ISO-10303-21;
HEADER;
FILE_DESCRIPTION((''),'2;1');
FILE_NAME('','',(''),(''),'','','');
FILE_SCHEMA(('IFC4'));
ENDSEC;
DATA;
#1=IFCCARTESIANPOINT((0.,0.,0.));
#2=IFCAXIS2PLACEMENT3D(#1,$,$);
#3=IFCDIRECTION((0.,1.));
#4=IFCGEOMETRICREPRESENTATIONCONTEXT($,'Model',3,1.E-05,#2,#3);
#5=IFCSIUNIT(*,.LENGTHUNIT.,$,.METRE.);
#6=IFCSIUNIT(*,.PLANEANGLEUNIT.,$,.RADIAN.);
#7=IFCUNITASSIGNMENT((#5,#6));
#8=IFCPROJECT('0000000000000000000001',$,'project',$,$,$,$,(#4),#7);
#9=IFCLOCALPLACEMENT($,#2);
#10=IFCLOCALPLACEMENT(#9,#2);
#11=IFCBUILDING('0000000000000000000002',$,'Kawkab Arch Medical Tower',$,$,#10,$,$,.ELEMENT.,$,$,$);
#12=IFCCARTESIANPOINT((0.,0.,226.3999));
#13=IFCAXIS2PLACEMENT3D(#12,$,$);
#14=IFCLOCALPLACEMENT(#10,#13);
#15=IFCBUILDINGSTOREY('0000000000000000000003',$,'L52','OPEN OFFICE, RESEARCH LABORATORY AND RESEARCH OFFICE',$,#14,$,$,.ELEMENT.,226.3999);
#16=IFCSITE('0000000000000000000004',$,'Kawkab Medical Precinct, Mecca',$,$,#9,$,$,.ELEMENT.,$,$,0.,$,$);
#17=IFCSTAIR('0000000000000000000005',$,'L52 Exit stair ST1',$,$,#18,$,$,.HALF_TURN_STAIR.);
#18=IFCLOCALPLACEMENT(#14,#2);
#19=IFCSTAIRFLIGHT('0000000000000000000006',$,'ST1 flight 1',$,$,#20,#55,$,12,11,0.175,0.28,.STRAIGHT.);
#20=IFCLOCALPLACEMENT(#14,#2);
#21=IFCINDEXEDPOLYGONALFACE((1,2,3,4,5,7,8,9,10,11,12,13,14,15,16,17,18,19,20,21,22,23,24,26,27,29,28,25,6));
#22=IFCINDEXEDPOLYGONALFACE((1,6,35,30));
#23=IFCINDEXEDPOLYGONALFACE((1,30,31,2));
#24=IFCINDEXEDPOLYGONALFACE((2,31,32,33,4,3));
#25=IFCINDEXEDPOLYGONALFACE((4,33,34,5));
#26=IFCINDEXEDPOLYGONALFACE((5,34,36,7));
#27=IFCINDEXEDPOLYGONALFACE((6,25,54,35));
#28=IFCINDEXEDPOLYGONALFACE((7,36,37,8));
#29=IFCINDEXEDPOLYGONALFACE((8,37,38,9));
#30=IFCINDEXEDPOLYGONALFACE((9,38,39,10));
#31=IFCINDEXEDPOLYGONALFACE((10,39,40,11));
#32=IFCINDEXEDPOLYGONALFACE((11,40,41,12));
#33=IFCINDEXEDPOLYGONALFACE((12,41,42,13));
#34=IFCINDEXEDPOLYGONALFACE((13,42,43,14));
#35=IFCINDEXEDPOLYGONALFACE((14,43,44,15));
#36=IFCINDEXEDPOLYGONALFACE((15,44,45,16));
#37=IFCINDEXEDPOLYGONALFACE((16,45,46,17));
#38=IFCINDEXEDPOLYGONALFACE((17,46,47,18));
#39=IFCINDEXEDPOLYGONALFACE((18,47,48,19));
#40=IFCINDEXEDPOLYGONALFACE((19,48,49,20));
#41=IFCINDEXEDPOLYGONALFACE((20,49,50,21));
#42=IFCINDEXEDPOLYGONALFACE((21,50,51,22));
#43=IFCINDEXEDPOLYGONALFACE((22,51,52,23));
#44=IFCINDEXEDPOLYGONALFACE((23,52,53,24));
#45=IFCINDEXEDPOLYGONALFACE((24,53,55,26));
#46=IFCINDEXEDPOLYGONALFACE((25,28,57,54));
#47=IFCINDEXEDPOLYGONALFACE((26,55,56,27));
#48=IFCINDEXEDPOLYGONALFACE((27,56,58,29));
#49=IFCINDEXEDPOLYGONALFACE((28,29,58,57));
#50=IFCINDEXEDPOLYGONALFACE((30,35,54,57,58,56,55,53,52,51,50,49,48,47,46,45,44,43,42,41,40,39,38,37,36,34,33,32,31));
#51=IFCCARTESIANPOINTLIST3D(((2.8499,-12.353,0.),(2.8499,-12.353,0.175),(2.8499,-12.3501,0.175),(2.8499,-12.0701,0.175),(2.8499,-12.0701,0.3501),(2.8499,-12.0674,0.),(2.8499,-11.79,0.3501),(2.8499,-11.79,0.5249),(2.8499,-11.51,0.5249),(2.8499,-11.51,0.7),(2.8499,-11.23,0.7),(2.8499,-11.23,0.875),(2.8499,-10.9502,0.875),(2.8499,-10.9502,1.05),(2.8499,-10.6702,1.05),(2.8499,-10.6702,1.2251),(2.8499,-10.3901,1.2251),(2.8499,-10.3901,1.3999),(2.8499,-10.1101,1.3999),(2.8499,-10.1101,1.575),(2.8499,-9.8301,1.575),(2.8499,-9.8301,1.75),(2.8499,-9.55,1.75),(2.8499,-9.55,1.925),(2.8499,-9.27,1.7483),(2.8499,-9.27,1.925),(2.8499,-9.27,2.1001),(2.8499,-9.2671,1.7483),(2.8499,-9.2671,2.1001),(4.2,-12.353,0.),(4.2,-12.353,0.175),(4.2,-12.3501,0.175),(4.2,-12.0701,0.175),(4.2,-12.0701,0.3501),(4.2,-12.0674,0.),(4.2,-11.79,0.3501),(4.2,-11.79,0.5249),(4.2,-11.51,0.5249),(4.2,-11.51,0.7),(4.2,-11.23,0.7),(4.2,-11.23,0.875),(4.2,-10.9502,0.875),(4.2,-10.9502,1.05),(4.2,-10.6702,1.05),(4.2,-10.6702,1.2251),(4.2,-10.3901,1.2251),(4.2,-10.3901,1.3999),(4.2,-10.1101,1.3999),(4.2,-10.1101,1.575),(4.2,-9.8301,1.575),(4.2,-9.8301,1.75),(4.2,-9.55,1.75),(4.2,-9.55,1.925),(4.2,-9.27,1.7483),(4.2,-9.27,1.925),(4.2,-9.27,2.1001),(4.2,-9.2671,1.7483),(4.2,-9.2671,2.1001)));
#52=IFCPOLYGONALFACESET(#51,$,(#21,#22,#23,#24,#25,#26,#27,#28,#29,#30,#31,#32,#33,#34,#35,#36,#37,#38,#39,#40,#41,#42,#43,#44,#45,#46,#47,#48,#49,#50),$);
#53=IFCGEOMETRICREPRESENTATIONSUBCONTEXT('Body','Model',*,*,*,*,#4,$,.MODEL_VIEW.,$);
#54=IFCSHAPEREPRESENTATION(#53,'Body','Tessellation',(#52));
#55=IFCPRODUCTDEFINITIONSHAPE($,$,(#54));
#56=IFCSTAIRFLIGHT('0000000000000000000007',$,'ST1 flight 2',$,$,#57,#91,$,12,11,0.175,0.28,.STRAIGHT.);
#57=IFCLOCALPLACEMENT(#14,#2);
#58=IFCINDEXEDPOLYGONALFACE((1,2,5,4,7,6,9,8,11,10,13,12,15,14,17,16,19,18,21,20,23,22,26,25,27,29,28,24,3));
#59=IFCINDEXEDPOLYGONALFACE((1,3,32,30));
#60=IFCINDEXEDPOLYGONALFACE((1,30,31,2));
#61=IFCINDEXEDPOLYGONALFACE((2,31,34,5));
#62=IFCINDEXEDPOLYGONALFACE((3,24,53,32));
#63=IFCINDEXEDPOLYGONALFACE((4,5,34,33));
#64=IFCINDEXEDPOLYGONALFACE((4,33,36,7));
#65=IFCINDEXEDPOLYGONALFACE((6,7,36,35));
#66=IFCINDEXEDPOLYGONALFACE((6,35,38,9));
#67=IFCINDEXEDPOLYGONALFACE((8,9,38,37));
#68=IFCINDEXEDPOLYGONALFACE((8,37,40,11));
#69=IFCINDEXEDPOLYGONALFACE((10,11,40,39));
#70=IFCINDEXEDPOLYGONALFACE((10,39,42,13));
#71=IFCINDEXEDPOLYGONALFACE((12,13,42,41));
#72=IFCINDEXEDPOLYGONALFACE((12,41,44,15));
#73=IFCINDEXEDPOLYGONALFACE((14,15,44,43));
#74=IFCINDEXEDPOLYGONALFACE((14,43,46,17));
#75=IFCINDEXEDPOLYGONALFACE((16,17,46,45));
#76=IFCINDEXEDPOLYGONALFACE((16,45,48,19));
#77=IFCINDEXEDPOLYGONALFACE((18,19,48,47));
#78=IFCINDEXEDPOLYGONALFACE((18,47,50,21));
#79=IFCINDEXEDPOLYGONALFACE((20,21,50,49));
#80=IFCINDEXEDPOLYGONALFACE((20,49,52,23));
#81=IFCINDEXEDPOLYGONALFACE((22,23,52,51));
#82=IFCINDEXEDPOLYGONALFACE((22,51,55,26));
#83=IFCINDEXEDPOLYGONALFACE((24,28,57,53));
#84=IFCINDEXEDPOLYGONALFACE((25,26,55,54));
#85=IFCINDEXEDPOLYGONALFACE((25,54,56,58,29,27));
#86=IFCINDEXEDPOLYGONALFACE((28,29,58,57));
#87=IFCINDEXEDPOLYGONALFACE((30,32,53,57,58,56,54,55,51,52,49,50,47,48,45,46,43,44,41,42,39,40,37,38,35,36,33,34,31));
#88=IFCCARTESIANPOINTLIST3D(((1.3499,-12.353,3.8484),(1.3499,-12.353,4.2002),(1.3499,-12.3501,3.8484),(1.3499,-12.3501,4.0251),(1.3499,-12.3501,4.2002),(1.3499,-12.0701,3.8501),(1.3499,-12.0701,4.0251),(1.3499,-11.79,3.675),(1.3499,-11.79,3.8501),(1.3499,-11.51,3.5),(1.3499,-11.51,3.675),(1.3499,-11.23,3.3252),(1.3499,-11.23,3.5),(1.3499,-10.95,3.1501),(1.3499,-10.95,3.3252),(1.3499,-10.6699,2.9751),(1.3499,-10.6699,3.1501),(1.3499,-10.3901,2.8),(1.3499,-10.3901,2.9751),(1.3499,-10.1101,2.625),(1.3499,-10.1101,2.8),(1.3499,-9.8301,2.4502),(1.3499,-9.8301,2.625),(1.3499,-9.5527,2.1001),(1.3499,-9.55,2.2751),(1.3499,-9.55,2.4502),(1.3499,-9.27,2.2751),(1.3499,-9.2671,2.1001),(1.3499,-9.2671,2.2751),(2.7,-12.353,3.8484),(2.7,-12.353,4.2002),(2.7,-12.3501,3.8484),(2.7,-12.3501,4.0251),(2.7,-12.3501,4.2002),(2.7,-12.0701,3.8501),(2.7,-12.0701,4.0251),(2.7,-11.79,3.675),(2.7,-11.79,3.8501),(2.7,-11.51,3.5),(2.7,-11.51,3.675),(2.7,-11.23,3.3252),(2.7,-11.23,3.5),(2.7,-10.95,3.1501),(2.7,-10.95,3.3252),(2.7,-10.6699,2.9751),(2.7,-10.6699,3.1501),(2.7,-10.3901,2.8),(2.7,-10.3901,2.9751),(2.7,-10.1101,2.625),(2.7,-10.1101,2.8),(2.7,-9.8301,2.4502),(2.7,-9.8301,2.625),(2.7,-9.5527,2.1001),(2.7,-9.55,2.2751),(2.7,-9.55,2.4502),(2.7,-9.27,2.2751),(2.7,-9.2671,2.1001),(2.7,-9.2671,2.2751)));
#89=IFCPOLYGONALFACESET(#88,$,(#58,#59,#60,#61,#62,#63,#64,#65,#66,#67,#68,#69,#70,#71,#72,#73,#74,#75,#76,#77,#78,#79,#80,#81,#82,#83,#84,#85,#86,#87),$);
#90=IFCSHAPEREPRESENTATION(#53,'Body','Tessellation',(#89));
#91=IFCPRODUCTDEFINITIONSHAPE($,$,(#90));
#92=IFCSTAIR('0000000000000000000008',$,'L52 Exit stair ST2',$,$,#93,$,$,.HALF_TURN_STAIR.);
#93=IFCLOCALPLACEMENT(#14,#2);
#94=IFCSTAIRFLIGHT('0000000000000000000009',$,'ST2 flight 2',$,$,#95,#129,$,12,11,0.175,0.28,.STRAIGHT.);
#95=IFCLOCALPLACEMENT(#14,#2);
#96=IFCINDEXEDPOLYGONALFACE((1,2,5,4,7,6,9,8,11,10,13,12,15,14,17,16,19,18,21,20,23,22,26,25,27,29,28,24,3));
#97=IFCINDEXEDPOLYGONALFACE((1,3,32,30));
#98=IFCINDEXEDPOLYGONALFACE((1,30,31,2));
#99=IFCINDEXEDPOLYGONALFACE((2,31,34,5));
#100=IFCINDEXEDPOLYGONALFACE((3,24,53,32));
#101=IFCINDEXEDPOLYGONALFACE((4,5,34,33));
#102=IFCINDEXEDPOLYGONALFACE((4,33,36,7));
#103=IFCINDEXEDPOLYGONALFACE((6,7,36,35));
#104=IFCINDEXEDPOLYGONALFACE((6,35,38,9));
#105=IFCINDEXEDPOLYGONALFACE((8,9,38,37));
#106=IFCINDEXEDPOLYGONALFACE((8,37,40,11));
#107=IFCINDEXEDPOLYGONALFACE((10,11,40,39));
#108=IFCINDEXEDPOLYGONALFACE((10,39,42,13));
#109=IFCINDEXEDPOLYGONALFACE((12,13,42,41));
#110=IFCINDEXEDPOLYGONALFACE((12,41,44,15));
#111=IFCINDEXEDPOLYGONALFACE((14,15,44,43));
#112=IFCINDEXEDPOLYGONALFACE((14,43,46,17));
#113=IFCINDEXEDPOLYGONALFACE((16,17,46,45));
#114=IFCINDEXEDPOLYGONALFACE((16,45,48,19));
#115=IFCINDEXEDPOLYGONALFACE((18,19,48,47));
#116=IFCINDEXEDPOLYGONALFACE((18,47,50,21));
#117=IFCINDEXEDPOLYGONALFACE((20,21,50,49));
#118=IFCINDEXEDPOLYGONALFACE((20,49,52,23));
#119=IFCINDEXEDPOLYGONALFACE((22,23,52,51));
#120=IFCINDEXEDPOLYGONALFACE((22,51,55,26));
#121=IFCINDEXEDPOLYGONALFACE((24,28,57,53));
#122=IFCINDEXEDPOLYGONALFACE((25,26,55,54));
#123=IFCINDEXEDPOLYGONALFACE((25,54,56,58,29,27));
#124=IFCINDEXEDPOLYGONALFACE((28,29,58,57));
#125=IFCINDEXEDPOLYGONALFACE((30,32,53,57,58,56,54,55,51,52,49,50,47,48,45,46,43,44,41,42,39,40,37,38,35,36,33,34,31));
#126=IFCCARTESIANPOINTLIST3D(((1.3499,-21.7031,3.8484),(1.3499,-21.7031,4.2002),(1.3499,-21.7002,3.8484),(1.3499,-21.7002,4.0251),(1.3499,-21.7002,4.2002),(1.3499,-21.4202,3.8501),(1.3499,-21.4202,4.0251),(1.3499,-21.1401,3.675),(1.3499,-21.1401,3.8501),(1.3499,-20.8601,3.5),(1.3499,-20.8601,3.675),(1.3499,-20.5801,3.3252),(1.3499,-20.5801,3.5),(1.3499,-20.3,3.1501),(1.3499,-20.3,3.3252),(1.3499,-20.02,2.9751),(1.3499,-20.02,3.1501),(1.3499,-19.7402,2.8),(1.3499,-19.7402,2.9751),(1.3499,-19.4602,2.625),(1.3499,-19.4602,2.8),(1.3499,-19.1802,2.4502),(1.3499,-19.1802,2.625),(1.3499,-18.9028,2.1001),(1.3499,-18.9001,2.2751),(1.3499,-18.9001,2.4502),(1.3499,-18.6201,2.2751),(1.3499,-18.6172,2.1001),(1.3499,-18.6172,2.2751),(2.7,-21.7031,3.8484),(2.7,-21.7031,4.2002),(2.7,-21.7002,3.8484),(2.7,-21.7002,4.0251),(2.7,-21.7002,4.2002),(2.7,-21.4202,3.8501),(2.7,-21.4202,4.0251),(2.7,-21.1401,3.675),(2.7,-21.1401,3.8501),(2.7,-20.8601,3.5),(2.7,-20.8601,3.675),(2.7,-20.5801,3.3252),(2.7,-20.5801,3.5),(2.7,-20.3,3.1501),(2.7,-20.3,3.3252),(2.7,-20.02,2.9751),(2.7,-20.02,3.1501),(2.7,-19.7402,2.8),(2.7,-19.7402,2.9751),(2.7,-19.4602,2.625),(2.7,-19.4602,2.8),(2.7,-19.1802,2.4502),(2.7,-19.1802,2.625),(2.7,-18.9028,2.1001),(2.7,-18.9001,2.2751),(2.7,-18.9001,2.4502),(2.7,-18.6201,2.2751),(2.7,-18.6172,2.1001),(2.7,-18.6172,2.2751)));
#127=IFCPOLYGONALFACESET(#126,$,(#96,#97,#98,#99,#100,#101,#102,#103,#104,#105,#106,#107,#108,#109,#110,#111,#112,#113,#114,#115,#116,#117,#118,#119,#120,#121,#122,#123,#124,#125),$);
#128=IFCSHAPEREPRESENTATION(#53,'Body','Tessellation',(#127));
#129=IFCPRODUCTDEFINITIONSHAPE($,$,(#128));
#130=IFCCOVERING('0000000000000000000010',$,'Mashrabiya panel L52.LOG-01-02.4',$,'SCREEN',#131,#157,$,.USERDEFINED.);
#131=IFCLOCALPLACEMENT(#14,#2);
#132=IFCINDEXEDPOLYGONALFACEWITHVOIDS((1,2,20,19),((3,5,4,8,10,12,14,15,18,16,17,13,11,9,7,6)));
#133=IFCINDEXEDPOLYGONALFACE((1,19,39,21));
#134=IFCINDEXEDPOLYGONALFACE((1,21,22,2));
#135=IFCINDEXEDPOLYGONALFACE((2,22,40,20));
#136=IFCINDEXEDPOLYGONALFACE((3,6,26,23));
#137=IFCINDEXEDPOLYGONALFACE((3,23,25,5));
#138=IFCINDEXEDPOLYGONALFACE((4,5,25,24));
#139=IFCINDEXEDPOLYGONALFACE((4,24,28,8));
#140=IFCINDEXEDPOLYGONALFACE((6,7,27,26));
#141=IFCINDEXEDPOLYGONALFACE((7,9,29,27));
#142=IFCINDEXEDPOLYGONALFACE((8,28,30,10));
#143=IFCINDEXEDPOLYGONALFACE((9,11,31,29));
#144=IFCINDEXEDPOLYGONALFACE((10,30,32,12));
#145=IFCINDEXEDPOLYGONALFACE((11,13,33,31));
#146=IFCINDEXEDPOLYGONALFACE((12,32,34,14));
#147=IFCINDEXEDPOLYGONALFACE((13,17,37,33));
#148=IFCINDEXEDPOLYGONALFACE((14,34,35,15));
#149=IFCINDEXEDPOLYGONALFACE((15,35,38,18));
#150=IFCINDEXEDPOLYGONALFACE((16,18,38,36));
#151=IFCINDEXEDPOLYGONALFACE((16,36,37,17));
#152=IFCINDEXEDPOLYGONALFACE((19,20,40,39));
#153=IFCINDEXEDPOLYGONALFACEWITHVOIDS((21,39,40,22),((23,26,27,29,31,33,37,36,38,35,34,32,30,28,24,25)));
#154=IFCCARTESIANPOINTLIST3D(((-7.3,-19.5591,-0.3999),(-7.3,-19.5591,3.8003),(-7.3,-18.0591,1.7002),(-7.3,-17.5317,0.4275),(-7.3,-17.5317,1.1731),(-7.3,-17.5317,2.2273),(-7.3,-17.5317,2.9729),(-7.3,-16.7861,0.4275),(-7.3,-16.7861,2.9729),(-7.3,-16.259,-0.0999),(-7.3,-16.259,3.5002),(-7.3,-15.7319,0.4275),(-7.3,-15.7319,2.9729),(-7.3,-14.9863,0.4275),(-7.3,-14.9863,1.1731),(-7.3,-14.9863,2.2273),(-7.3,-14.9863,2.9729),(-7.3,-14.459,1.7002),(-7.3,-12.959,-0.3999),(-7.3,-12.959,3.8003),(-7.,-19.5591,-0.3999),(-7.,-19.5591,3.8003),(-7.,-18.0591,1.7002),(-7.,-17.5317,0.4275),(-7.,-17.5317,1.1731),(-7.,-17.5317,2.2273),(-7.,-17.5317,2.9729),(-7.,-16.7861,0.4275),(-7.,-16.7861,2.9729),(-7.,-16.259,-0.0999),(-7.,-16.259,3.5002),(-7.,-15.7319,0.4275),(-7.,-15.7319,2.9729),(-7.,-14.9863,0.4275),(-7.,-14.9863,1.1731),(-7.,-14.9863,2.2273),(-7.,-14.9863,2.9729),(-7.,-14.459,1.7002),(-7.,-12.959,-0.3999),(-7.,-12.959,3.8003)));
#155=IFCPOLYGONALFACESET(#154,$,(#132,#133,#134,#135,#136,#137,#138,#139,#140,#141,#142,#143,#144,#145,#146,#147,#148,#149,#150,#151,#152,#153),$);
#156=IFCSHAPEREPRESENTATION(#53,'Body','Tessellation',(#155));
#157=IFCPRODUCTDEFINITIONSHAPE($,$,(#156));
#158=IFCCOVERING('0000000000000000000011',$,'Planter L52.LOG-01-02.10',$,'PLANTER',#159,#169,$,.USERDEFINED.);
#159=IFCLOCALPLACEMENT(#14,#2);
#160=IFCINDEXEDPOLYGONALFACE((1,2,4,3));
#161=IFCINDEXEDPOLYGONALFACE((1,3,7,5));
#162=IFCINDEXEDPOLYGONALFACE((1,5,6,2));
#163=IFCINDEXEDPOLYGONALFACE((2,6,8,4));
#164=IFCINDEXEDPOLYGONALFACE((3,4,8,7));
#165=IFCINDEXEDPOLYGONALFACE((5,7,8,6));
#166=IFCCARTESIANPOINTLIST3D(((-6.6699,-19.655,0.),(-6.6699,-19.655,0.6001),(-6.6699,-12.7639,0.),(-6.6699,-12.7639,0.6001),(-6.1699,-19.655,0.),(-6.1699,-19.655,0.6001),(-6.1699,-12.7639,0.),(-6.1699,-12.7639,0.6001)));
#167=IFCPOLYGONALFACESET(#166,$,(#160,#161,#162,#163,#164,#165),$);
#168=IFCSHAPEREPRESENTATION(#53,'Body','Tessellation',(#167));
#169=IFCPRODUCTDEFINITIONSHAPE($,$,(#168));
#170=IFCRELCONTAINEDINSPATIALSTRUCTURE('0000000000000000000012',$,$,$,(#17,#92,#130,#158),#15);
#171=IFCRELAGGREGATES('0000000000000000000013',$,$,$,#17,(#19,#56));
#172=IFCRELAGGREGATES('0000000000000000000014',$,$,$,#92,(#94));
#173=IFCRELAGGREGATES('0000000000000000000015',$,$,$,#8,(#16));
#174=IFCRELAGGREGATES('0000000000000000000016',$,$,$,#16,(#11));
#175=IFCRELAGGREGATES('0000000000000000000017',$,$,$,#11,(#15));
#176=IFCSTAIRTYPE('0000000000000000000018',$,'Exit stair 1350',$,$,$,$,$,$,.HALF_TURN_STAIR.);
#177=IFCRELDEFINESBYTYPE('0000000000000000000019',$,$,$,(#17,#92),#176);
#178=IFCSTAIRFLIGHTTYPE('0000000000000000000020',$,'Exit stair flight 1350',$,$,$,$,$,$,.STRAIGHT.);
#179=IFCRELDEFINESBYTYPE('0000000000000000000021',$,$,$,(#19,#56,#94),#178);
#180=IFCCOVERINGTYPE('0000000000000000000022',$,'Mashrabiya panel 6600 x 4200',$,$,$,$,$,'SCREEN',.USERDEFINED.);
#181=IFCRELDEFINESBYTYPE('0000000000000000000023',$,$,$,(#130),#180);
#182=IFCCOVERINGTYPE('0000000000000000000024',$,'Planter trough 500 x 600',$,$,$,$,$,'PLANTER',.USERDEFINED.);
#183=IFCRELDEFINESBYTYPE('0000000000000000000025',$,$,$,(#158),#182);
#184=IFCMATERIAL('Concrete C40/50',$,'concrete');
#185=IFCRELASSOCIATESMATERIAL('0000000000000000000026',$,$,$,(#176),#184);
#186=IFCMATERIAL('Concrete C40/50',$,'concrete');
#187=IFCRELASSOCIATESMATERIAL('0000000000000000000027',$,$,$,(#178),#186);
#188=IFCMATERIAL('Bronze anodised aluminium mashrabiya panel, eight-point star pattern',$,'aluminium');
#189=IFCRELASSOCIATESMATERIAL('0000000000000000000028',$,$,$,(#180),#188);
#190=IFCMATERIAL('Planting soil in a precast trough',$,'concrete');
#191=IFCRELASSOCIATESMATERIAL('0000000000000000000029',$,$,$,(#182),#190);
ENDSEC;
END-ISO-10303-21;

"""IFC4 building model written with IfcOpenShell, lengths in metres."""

from ifc_helpers import new_model, si_unit, direction, frame, origin, origin_2d, place, context, subcontext, project, spatial, polyline, rectangle, outline, extrude, material, material_profile, profile_set, type_object, element, aggregate, save


model = new_model("IFC4")

# Units and contexts
model_context = context("Model", 3, precision=1e-05, world=origin(), true_north=direction((0.0, 1.0)))
body_context = subcontext(model_context, "Body", "Model", "MODEL_VIEW")
ifc_project = project(units=[si_unit("LENGTHUNIT", "METRE"), si_unit("PLANEANGLEUNIT", "RADIAN")], contexts=[model_context])

# Site, building, storey
site_placement = place(None, origin())
site = spatial("IfcSite", under=ifc_project, at=site_placement, Name="Kawkab Medical Precinct, Mecca", CompositionType="ELEMENT", RefElevation=0.0)
building_placement = place(site_placement, origin())
building = spatial("IfcBuilding", under=site, at=building_placement, Name="Kawkab Arch Medical Tower", CompositionType="ELEMENT")
storey_placement = place(building_placement, frame((0.0, 0.0, 226.3999)))
storey = spatial("IfcBuildingStorey", under=building, at=storey_placement, Name="L52", Description="OPEN OFFICE, RESEARCH LABORATORY AND RESEARCH OFFICE", CompositionType="ELEMENT", Elevation=226.3999)

# Shared definitions
placement = place(storey_placement, origin())

# Stair, stair flights
ifc_material_1 = material(Name="Concrete C40/50", Category="concrete")
stair_type = type_object("IfcStairType", Name="Exit stair 1350", PredefinedType="HALF_TURN_STAIR", material=ifc_material_1)
stair_1 = element("IfcStair", 1, at=placement, inside=storey, type_object=stair_type, Name="L52 Exit stair ST1", PredefinedType="HALF_TURN_STAIR")
ifc_material_2 = material(Name="Concrete C40/50", Category="concrete")
stair_flight_type = type_object("IfcStairFlightType", Name="Exit stair flight 1350", PredefinedType="STRAIGHT", material=ifc_material_2)
stair_flight_1_placement = place(storey_placement, frame((3.5249, -12.3501, 0.0), z_axis=(0.0, 0.0, 1.0), x_axis=(0.0, 1.0, 0.0)))
stair_flight_1 = element("IfcStairFlight", 2, at=stair_flight_1_placement, type_object=stair_flight_type, Name="ST1 flight 1", NumberOfRisers=12, NumberOfTreads=11, PredefinedType="STRAIGHT", RiserHeight=0.175, TreadLength=0.28, context=body_context, shape_type="SweptSolid", body=[
    extrude(outline(polyline([(-0.0029, 0.0), (-0.0029, 0.175), (0.0, 0.175), (0.28, 0.175), (0.28, 0.3501), (0.5601, 0.3501), (0.5601, 0.5249), (0.8401, 0.5249), (0.8401, 0.7), (1.1201, 0.7), (1.1201, 0.875), (1.3999, 0.875), (1.3999, 1.05), (1.6799, 1.05), (1.6799, 1.2251), (1.96, 1.2251), (1.96, 1.3999), (2.24, 1.3999), (2.24, 1.575), (2.52, 1.575), (2.52, 1.75), (2.8, 1.75), (2.8, 1.925), (3.0801, 1.925), (3.0801, 2.1001), (3.083, 2.1001), (3.083, 1.7483), (3.0801, 1.7483), (0.2827, 0.0), (-0.0029, 0.0)])), frame((0.0, 0.675, 0.0), z_axis=(0.0, -1.0, 0.0), x_axis=(1.0, 0.0, 0.0)), (0.0, 0.0, 1.0), 1.3501),
])
stair_flight_2_placement = place(storey_placement, frame((2.0249, -9.27, 2.1001), z_axis=(0.0, 0.0, 1.0), x_axis=(0.0, -1.0, 0.0)))
stair_flight_2 = element("IfcStairFlight", 3, at=stair_flight_2_placement, type_object=stair_flight_type, Name="ST1 flight 2", NumberOfRisers=12, NumberOfTreads=11, PredefinedType="STRAIGHT", RiserHeight=0.175, TreadLength=0.28, context=body_context, shape_type="SweptSolid", body=[
    extrude(outline(polyline([(-0.0029, 0.0), (-0.0029, 0.175), (0.0, 0.175), (0.28, 0.175), (0.28, 0.3501), (0.5601, 0.3501), (0.5601, 0.5249), (0.8401, 0.5249), (0.8401, 0.7), (1.1201, 0.7), (1.1201, 0.875), (1.3999, 0.875), (1.3999, 1.05), (1.6799, 1.05), (1.6799, 1.2251), (1.96, 1.2251), (1.96, 1.3999), (2.24, 1.3999), (2.24, 1.575), (2.52, 1.575), (2.52, 1.75), (2.8, 1.75), (2.8, 1.925), (3.0801, 1.925), (3.0801, 2.1001), (3.083, 2.1001), (3.083, 1.7483), (3.0801, 1.7483), (0.2827, 0.0), (-0.0029, 0.0)])), frame((0.0, 0.675, 0.0), z_axis=(0.0, -1.0, 0.0), x_axis=(1.0, 0.0, 0.0)), (0.0, 0.0, 1.0), 1.3501),
])
aggregate(stair_1, [stair_flight_1, stair_flight_2])

# Stair, stair flight
stair_2 = element("IfcStair", 4, at=placement, inside=storey, type_object=stair_type, Name="L52 Exit stair ST2", PredefinedType="HALF_TURN_STAIR")
stair_flight_3_placement = place(storey_placement, frame((2.0249, -18.6201, 2.1001), z_axis=(0.0, 0.0, 1.0), x_axis=(0.0, -1.0, 0.0)))
stair_flight_3 = element("IfcStairFlight", 5, at=stair_flight_3_placement, type_object=stair_flight_type, Name="ST2 flight 2", NumberOfRisers=12, NumberOfTreads=11, PredefinedType="STRAIGHT", RiserHeight=0.175, TreadLength=0.28, context=body_context, shape_type="SweptSolid", body=[
    extrude(outline(polyline([(-0.0029, 0.0), (-0.0029, 0.175), (0.0, 0.175), (0.28, 0.175), (0.28, 0.3501), (0.5601, 0.3501), (0.5601, 0.5249), (0.8401, 0.5249), (0.8401, 0.7), (1.1201, 0.7), (1.1201, 0.875), (1.3999, 0.875), (1.3999, 1.05), (1.6799, 1.05), (1.6799, 1.2251), (1.96, 1.2251), (1.96, 1.3999), (2.24, 1.3999), (2.24, 1.575), (2.52, 1.575), (2.52, 1.75), (2.8, 1.75), (2.8, 1.925), (3.0801, 1.925), (3.0801, 2.1001), (3.083, 2.1001), (3.083, 1.7483), (3.0801, 1.7483), (0.2827, 0.0), (-0.0029, 0.0)])), frame((0.0, 0.675, 0.0), z_axis=(0.0, -1.0, 0.0), x_axis=(1.0, 0.0, 0.0)), (0.0, 0.0, 1.0), 1.3501),
])
aggregate(stair_2, [stair_flight_3])

# Coverings
ifc_material_3 = material(Name="Bronze anodised aluminium mashrabiya panel, eight-point star pattern", Category="aluminium")
ifc_material_profile_1 = material_profile(ifc_material_3, outline(polyline([(-3.3, -2.1001), (3.3, -2.1001), (3.3, 2.1001), (-3.3, 2.1001), (-3.3, -2.1001)]), holes=[polyline([(1.8, 0.0), (1.2727, 0.5271), (1.2727, 1.2727), (0.5271, 1.2727), (0.0, 1.8), (-0.5271, 1.2727), (-1.2727, 1.2727), (-1.2727, 0.5271), (-1.8, 0.0), (-1.2727, -0.5271), (-1.2727, -1.2727), (-0.5271, -1.2727), (0.0, -1.8), (0.5271, -1.2727), (1.2727, -1.2727), (1.2727, -0.5271), (1.8, 0.0)])]), Name="Mashrabiya panel 6600x4200")
ifc_profile_set_1 = profile_set([ifc_material_profile_1], Name="Bronze anodised aluminium mashrabiya panel, eight-point star pattern")
covering_type_1 = type_object("IfcCoveringType", Name="Mashrabiya panel 6600 x 4200", ElementType="SCREEN", PredefinedType="USERDEFINED", material=ifc_profile_set_1)
covering_1_placement = place(storey_placement, frame((-7.0, -16.259, 1.7002), z_axis=(-1.0, 0.0, 0.0), x_axis=(0.0, -1.0, 0.0)))
element("IfcCovering", 6, at=covering_1_placement, inside=storey, type_object=covering_type_1, Name="Mashrabiya panel L52.LOG-01-02.4", ObjectType="SCREEN", PredefinedType="USERDEFINED", context=body_context, shape_type="SweptSolid", body=[
    extrude(outline(polyline([(-3.3, -2.1001), (3.3, -2.1001), (3.3, 2.1001), (-3.3, 2.1001), (-3.3, -2.1001)]), holes=[polyline([(1.8, 0.0), (1.2727, 0.5271), (1.2727, 1.2727), (0.5271, 1.2727), (0.0, 1.8), (-0.5271, 1.2727), (-1.2727, 1.2727), (-1.2727, 0.5271), (-1.8, 0.0), (-1.2727, -0.5271), (-1.2727, -1.2727), (-0.5271, -1.2727), (0.0, -1.8), (0.5271, -1.2727), (1.2727, -1.2727), (1.2727, -0.5271), (1.8, 0.0)])]), origin(), (0.0, 0.0, 1.0), 0.3),
])
ifc_material_4 = material(Name="Planting soil in a precast trough", Category="concrete")
ifc_material_profile_2 = material_profile(ifc_material_4, rectangle(XDim=0.5, YDim=0.6001, at=origin_2d()), Name="Trough 500x600")
ifc_profile_set_2 = profile_set([ifc_material_profile_2], Name="Planting soil in a precast trough")
covering_type_2 = type_object("IfcCoveringType", Name="Planter trough 500 x 600", ElementType="PLANTER", PredefinedType="USERDEFINED", material=ifc_profile_set_2)
covering_2_placement = place(storey_placement, frame((-6.4199, -19.655, 0.3), z_axis=(0.0, 1.0, 0.0), x_axis=(-1.0, 0.0, 0.0)))
element("IfcCovering", 7, at=covering_2_placement, inside=storey, type_object=covering_type_2, Name="Planter L52.LOG-01-02.10", ObjectType="PLANTER", PredefinedType="USERDEFINED", context=body_context, shape_type="SweptSolid", body=[
    extrude(rectangle(XDim=0.5, YDim=0.6001, at=origin_2d()), origin(), (0.0, 0.0, 1.0), 6.8911),
])

save(model, "model.ifc")
